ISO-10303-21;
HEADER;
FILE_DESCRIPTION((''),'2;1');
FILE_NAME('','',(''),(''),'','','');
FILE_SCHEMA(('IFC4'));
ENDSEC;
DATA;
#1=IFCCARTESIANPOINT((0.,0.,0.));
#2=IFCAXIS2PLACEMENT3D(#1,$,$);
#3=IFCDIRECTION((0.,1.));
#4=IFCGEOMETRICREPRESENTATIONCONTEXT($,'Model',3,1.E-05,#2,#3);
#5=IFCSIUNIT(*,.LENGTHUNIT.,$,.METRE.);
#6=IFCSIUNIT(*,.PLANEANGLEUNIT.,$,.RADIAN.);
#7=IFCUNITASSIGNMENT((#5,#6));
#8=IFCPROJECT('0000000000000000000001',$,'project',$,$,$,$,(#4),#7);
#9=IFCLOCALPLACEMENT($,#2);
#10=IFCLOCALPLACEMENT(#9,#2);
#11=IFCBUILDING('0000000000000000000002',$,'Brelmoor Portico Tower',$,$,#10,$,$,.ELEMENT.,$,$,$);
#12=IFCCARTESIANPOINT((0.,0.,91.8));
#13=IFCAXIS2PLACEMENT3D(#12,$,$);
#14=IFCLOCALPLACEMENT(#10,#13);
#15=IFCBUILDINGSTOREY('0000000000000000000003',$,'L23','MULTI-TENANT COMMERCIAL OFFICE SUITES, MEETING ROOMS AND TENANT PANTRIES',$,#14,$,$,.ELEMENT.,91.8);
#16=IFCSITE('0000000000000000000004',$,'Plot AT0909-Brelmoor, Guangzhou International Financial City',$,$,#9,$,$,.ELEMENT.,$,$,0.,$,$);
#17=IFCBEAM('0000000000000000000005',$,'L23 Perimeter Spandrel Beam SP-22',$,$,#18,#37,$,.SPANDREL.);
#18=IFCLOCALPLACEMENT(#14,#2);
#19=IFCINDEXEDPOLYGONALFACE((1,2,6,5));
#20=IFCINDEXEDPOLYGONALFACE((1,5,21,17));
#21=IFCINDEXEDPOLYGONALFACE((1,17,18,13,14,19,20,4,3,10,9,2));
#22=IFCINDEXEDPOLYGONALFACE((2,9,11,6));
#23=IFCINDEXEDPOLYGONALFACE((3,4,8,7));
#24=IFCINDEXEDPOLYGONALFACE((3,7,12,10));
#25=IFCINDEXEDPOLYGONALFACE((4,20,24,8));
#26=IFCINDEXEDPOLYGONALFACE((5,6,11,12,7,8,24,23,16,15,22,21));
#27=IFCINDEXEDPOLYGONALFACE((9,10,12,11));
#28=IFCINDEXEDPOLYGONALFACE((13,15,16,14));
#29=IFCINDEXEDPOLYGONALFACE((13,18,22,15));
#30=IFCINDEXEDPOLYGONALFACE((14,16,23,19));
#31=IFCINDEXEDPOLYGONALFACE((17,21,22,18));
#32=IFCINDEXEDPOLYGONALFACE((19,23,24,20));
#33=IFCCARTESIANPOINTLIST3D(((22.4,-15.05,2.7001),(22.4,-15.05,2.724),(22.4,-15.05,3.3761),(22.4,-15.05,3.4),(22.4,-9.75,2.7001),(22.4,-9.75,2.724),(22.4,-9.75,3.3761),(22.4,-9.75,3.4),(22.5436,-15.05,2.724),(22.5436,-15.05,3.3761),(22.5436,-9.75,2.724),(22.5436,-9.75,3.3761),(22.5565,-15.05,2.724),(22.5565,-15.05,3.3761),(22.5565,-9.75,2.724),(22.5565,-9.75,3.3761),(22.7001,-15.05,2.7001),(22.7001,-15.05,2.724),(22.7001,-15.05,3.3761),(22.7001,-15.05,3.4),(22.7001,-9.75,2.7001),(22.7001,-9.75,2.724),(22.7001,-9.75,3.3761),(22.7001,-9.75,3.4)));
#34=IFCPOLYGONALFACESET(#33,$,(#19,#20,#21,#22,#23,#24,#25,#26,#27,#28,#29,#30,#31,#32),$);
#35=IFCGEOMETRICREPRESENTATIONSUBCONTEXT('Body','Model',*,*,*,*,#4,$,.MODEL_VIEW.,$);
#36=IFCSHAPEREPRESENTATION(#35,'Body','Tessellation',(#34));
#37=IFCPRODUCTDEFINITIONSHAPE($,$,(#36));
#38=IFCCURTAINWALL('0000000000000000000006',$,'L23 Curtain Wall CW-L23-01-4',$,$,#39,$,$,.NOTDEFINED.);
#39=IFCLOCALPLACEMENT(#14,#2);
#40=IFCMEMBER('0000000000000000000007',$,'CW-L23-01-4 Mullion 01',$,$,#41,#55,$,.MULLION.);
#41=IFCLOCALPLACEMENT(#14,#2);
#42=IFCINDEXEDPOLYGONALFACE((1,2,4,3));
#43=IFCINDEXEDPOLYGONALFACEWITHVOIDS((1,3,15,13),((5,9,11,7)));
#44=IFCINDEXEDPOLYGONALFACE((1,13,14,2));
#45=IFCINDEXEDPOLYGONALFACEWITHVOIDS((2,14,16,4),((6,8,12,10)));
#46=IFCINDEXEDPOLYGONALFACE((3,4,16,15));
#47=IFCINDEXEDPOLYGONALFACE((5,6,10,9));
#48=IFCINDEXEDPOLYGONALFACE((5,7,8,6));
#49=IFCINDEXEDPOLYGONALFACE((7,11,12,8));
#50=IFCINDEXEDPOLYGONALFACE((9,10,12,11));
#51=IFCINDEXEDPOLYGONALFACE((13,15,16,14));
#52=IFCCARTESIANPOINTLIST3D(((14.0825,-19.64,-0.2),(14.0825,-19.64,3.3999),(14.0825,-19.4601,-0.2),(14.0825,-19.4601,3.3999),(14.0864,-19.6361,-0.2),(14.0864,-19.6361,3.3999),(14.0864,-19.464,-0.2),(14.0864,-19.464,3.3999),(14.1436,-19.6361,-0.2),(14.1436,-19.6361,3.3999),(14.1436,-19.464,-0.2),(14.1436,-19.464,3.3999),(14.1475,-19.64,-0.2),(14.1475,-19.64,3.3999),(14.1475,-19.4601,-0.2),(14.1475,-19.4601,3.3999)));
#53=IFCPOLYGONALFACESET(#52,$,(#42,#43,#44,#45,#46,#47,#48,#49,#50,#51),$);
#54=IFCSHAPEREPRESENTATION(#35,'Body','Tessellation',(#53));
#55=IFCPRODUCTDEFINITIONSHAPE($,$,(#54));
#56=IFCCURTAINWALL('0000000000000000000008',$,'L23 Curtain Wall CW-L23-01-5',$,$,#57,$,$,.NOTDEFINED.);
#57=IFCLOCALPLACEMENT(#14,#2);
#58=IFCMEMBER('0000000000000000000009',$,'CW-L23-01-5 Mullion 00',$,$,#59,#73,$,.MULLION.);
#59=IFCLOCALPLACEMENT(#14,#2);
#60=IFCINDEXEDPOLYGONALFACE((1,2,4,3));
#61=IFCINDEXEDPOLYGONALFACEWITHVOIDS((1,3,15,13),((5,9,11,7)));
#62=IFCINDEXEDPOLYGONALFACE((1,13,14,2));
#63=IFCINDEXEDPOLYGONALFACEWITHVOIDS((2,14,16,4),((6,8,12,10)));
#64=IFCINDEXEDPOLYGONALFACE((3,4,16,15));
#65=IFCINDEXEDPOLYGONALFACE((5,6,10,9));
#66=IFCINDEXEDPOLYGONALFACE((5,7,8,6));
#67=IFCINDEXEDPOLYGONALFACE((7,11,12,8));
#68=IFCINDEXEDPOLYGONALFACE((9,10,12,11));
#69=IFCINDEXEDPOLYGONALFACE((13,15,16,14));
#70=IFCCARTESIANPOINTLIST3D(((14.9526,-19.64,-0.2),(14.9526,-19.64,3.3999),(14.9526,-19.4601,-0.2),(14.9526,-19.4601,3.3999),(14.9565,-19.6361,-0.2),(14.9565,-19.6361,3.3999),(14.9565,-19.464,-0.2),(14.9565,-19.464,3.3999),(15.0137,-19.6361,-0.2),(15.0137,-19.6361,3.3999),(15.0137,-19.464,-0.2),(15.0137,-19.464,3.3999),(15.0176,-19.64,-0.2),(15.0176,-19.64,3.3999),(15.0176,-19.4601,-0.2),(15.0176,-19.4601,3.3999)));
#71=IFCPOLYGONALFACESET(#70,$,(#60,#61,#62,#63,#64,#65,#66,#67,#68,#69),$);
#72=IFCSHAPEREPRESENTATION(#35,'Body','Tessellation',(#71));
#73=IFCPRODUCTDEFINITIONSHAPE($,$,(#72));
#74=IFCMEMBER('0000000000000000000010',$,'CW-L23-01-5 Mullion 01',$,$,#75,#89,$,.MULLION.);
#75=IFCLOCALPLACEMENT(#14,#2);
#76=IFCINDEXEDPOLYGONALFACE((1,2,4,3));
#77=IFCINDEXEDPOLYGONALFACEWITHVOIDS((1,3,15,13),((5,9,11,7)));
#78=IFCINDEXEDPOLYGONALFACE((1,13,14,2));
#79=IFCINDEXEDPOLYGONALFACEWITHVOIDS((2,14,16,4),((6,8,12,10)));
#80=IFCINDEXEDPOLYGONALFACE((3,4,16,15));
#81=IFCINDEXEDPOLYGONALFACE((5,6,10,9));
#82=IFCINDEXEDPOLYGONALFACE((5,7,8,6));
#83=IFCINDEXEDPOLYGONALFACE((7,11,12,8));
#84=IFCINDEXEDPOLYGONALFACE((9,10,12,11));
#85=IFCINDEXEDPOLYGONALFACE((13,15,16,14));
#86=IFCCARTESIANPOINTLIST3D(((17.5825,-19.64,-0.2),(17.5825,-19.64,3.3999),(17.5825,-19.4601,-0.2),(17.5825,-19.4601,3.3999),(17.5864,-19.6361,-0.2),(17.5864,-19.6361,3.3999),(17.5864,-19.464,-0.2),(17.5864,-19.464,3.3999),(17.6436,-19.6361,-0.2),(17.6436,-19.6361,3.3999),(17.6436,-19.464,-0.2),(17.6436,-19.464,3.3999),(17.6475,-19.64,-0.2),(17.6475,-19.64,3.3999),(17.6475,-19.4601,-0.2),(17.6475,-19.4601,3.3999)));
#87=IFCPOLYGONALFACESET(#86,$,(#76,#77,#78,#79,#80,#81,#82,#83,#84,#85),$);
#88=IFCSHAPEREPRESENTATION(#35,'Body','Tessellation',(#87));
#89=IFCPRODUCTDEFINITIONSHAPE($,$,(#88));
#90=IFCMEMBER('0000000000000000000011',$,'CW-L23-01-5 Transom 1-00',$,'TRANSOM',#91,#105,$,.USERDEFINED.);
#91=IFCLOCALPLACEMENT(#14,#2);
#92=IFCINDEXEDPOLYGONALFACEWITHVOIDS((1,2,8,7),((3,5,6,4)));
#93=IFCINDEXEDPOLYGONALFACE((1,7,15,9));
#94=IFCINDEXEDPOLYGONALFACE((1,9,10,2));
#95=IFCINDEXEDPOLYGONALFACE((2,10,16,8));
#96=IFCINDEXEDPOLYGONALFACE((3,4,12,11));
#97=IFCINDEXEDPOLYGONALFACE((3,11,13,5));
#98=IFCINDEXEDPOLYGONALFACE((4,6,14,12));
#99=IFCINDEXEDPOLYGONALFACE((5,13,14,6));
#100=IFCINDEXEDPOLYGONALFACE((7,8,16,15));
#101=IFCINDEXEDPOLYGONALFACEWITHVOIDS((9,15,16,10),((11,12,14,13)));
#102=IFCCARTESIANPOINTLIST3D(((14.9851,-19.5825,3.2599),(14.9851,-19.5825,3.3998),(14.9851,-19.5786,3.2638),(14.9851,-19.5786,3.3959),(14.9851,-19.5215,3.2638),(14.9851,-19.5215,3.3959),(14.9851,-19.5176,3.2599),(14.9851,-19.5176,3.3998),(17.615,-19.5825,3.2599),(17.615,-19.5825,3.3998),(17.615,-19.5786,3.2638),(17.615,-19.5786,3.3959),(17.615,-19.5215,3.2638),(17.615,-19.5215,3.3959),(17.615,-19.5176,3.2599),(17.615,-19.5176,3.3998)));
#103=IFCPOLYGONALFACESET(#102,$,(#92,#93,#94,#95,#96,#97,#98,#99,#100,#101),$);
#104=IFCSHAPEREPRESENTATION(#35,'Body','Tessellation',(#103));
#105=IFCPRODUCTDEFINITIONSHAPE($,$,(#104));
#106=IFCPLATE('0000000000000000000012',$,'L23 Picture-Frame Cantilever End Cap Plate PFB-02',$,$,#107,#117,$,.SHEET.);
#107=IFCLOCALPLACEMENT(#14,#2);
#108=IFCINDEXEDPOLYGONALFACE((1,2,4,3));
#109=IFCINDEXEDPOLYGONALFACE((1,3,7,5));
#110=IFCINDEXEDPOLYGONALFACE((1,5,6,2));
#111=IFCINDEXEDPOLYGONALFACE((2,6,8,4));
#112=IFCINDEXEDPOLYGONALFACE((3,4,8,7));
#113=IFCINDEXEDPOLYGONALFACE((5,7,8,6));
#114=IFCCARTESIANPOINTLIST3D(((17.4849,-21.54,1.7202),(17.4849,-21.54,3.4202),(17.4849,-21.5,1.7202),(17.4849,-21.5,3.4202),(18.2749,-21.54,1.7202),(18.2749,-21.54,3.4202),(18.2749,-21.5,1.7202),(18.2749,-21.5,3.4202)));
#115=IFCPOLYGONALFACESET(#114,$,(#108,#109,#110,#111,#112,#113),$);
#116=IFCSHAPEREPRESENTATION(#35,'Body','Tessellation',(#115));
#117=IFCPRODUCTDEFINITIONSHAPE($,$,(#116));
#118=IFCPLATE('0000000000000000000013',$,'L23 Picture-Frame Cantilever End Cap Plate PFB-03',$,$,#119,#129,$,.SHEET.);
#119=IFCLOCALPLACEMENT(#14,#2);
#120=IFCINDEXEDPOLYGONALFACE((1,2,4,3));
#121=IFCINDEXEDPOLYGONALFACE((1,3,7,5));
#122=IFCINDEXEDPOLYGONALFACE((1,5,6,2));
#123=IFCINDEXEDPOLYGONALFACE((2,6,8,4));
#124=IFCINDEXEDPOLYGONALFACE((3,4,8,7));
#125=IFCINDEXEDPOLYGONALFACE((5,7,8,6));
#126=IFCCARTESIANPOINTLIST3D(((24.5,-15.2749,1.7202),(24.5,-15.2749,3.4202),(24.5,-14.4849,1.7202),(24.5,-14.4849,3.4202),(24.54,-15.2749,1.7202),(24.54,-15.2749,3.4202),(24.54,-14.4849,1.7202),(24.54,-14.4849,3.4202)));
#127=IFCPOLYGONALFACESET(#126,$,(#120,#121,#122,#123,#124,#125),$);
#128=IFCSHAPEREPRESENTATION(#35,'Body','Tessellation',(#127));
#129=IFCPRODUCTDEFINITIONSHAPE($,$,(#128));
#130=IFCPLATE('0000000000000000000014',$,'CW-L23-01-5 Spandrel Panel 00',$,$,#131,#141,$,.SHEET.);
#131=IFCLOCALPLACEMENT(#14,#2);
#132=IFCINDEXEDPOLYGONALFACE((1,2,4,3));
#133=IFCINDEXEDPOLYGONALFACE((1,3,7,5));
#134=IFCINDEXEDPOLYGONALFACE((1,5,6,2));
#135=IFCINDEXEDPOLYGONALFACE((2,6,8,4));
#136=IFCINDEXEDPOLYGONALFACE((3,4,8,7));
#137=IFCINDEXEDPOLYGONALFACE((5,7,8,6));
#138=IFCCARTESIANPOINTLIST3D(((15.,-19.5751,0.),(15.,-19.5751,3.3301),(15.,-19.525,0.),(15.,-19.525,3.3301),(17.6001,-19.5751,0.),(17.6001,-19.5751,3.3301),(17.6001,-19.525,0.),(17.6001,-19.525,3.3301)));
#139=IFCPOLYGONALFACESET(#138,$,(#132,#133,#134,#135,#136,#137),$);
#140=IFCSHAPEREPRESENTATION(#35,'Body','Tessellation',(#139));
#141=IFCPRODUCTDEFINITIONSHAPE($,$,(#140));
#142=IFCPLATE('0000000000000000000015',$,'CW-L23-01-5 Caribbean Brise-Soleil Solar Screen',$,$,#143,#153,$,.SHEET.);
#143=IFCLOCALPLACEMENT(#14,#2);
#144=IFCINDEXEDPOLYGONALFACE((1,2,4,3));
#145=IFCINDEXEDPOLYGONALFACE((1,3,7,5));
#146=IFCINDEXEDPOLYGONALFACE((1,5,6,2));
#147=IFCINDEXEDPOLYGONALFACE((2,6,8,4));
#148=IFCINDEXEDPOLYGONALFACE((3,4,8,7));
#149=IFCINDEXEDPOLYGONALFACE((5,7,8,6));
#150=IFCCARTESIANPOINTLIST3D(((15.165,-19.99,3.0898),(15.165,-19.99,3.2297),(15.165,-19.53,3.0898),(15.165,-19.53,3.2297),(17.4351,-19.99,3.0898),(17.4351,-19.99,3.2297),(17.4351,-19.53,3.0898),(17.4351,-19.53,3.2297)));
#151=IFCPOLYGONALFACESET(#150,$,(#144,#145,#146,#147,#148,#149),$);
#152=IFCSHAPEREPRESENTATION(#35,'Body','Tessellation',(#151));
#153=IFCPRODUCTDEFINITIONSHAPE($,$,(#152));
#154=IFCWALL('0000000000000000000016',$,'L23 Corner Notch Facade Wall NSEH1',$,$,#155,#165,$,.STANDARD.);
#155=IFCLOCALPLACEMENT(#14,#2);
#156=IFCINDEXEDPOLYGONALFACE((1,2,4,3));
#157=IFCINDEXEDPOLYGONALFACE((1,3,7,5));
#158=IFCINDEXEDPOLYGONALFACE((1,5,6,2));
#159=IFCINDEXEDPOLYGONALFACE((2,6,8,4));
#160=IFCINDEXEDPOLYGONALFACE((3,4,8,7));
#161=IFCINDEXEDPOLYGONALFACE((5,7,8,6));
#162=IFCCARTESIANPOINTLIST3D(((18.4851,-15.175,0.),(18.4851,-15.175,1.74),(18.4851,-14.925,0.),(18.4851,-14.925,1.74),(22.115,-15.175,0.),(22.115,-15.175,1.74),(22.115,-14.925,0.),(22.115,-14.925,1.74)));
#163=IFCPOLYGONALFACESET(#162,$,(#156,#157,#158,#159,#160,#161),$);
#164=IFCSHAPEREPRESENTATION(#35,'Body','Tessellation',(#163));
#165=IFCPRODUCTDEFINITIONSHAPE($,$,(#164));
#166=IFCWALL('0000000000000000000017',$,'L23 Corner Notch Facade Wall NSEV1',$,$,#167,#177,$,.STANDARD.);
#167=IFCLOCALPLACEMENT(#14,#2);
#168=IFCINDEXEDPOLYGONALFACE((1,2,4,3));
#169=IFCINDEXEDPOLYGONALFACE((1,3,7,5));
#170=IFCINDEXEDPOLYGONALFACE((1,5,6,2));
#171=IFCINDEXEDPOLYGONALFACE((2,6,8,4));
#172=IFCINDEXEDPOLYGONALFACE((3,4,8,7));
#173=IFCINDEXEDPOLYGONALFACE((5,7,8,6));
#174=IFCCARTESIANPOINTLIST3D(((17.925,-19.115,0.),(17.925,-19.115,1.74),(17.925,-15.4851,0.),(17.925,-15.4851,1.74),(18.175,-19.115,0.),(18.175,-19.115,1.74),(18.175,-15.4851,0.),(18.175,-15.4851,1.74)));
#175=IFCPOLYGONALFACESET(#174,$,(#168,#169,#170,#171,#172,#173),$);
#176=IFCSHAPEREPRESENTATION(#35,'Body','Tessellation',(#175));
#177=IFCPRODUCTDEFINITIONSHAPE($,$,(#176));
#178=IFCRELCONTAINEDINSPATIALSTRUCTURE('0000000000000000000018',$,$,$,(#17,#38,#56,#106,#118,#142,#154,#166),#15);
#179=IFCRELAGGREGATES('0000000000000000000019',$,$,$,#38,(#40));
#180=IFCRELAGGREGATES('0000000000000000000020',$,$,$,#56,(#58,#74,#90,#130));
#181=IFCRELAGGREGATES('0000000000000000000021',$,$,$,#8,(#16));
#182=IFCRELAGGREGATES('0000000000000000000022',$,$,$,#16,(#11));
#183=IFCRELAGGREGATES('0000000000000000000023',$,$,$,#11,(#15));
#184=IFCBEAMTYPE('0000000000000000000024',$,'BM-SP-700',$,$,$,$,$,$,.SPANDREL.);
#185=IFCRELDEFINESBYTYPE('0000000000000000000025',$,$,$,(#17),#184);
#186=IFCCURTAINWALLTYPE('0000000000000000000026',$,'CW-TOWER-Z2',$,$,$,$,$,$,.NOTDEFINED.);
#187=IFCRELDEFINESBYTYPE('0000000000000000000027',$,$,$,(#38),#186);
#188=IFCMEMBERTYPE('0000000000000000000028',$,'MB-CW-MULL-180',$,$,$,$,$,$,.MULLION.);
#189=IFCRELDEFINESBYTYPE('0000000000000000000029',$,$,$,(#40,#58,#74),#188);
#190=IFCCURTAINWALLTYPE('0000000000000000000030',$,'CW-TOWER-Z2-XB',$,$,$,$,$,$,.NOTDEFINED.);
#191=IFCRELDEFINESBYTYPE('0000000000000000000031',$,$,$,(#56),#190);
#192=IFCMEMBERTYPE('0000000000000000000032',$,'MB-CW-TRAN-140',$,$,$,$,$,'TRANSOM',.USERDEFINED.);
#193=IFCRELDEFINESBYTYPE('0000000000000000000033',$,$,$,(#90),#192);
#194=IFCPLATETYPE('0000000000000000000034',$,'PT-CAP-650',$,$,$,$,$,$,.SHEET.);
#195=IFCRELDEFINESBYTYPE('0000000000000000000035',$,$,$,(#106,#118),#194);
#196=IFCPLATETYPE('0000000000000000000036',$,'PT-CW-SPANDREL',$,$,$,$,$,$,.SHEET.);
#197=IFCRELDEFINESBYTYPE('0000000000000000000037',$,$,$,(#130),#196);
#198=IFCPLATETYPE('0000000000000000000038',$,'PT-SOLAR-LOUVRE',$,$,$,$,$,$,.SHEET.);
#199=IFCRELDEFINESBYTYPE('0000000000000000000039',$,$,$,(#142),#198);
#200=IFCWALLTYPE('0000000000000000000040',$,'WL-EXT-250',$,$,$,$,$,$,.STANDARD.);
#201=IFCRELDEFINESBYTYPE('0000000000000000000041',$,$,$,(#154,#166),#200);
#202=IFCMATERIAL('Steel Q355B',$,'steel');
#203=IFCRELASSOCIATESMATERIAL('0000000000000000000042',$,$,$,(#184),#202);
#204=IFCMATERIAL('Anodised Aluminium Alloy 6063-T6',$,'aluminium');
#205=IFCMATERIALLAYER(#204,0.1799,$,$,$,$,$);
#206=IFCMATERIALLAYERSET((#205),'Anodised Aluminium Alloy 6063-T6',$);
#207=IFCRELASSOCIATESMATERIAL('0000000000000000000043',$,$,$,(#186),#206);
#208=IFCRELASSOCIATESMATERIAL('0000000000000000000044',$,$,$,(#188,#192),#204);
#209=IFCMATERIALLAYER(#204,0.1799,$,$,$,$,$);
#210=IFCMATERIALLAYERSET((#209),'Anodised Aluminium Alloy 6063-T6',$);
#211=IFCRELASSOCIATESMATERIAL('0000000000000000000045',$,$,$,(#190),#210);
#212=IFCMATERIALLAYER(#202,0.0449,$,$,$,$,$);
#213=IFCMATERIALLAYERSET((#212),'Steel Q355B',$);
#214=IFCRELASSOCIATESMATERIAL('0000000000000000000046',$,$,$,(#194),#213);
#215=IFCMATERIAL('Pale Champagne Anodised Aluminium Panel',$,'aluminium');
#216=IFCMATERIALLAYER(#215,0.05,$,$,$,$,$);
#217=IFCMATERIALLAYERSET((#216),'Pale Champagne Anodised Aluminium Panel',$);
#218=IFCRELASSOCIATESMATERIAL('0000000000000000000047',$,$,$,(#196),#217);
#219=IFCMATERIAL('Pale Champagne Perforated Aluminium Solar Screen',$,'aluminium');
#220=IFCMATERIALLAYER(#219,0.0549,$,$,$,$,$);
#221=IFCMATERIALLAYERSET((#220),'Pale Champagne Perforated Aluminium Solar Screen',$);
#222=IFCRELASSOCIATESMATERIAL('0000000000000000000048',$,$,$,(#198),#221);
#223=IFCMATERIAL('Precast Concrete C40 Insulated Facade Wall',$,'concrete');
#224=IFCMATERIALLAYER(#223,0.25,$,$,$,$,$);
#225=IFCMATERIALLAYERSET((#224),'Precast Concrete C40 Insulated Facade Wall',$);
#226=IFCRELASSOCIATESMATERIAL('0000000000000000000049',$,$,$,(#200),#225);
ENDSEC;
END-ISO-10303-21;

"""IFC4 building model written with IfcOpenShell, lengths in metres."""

from ifc_helpers import new_model, si_unit, direction, frame, frame_2d, origin, origin_2d, place, context, subcontext, project, spatial, rectangle, hollow_rectangle, i_section, extrude, material, layer, layer_set, material_profile, profile_set, type_object, element, aggregate, save


model = new_model("IFC4")

# Units and contexts
model_context = context("Model", 3, precision=1e-05, world=origin(), true_north=direction((0.0, 1.0)))
body_context = subcontext(model_context, "Body", "Model", "MODEL_VIEW")
ifc_project = project(units=[si_unit("LENGTHUNIT", "METRE"), si_unit("PLANEANGLEUNIT", "RADIAN")], contexts=[model_context])

# Site, building, storey
site_placement = place(None, origin())
site = spatial("IfcSite", under=ifc_project, at=site_placement, Name="Plot AT0909-Brelmoor, Guangzhou International Financial City", CompositionType="ELEMENT", RefElevation=0.0)
building_placement = place(site_placement, origin())
building = spatial("IfcBuilding", under=site, at=building_placement, Name="Brelmoor Portico Tower", CompositionType="ELEMENT")
storey_placement = place(building_placement, frame((0.0, 0.0, 91.8)))
storey = spatial("IfcBuildingStorey", under=building, at=storey_placement, Name="L23", Description="MULTI-TENANT COMMERCIAL OFFICE SUITES, MEETING ROOMS AND TENANT PANTRIES", CompositionType="ELEMENT", Elevation=91.8)

# Shared definitions
ifc_material_1 = material(Name="Steel Q355B", Category="steel")

# Beam
ifc_material_profile_1 = material_profile(ifc_material_1, i_section(OverallWidth=0.3, OverallDepth=0.7, WebThickness=0.0129, FlangeThickness=0.0239, at=origin_2d()), Name="HN 700x300x13x24")
ifc_profile_set_1 = profile_set([ifc_material_profile_1], Name="Steel Q355B")
beam_type_1 = type_object("IfcBeamType", Name="BM-SP-700", PredefinedType="SPANDREL", material=ifc_profile_set_1)
beam_1_placement = place(storey_placement, frame((22.55, -15.05, 3.05), z_axis=(0.0, 1.0, 0.0), x_axis=(-1.0, 0.0, 0.0)))
element("IfcBeam", 1, at=beam_1_placement, inside=storey, type_object=beam_type_1, Name="L23 Perimeter Spandrel Beam SP-22", PredefinedType="SPANDREL", context=body_context, shape_type="SweptSolid", body=[
    extrude(i_section(OverallWidth=0.3, OverallDepth=0.7, WebThickness=0.0129, FlangeThickness=0.0239, at=origin_2d()), origin(), (0.0, 0.0, 1.0), 5.3),
])

# Curtain wall, member
ifc_material_2 = material(Name="Anodised Aluminium Alloy 6063-T6", Category="aluminium")
ifc_layer_1 = layer(ifc_material_2, 0.1799)
ifc_layer_set_1 = layer_set([ifc_layer_1], Name="Anodised Aluminium Alloy 6063-T6")
curtain_wall_type_1 = type_object("IfcCurtainWallType", Name="CW-TOWER-Z2", PredefinedType="NOTDEFINED", material=ifc_layer_set_1)
curtain_wall_1_placement = place(storey_placement, origin())
curtain_wall_1 = element("IfcCurtainWall", 2, at=curtain_wall_1_placement, inside=storey, type_object=curtain_wall_type_1, Name="L23 Curtain Wall CW-L23-01-4", PredefinedType="NOTDEFINED")
ifc_material_profile_2 = material_profile(ifc_material_2, hollow_rectangle(XDim=0.0649, YDim=0.1799, WallThickness=0.0039, at=origin_2d()), Name="ALU MULLION 65x180")
ifc_profile_set_2 = profile_set([ifc_material_profile_2], Name="Anodised Aluminium Alloy 6063-T6")
member_type_1 = type_object("IfcMemberType", Name="MB-CW-MULL-180", PredefinedType="MULLION", material=ifc_profile_set_2)
member_1_placement = place(storey_placement, frame((14.115, -19.55, -0.2), z_axis=(0.0, 0.0, 1.0), x_axis=(1.0, 0.0, 0.0)))
member_1 = element("IfcMember", 3, at=member_1_placement, type_object=member_type_1, Name="CW-L23-01-4 Mullion 01", PredefinedType="MULLION", context=body_context, shape_type="SweptSolid", body=[
    extrude(hollow_rectangle(XDim=0.0649, YDim=0.1799, WallThickness=0.0039, at=origin_2d()), origin(), (0.0, 0.0, 1.0), 3.5999),
])
aggregate(curtain_wall_1, [member_1])

# Curtain wall, members
ifc_layer_2 = layer(ifc_material_2, 0.1799)
ifc_layer_set_2 = layer_set([ifc_layer_2], Name="Anodised Aluminium Alloy 6063-T6")
curtain_wall_type_2 = type_object("IfcCurtainWallType", Name="CW-TOWER-Z2-XB", PredefinedType="NOTDEFINED", material=ifc_layer_set_2)
curtain_wall_2_placement = place(storey_placement, origin())
curtain_wall_2 = element("IfcCurtainWall", 4, at=curtain_wall_2_placement, inside=storey, type_object=curtain_wall_type_2, Name="L23 Curtain Wall CW-L23-01-5", PredefinedType="NOTDEFINED")
member_2_placement = place(storey_placement, frame((14.9851, -19.55, -0.2), z_axis=(0.0, 0.0, 1.0), x_axis=(1.0, 0.0, 0.0)))
member_2 = element("IfcMember", 5, at=member_2_placement, type_object=member_type_1, Name="CW-L23-01-5 Mullion 00", PredefinedType="MULLION", context=body_context, shape_type="SweptSolid", body=[
    extrude(hollow_rectangle(XDim=0.0649, YDim=0.1799, WallThickness=0.0039, at=origin_2d()), origin(), (0.0, 0.0, 1.0), 3.5999),
])
member_3_placement = place(storey_placement, frame((17.615, -19.55, -0.2), z_axis=(0.0, 0.0, 1.0), x_axis=(1.0, 0.0, 0.0)))
member_3 = element("IfcMember", 6, at=member_3_placement, type_object=member_type_1, Name="CW-L23-01-5 Mullion 01", PredefinedType="MULLION", context=body_context, shape_type="SweptSolid", body=[
    extrude(hollow_rectangle(XDim=0.0649, YDim=0.1799, WallThickness=0.0039, at=origin_2d()), origin(), (0.0, 0.0, 1.0), 3.5999),
])
ifc_material_profile_3 = material_profile(ifc_material_2, hollow_rectangle(XDim=0.0649, YDim=0.1399, WallThickness=0.0039, at=origin_2d()), Name="ALU TRANSOM 65x140")
ifc_profile_set_3 = profile_set([ifc_material_profile_3], Name="Anodised Aluminium Alloy 6063-T6")
member_type_2 = type_object("IfcMemberType", Name="MB-CW-TRAN-140", ElementType="TRANSOM", PredefinedType="USERDEFINED", material=ifc_profile_set_3)
member_4_placement = place(storey_placement, frame((14.9851, -19.55, 3.3298), z_axis=(1.0, 0.0, 0.0), x_axis=(0.0, 1.0, 0.0)))
member_4 = element("IfcMember", 7, at=member_4_placement, type_object=member_type_2, Name="CW-L23-01-5 Transom 1-00", ObjectType="TRANSOM", PredefinedType="USERDEFINED", context=body_context, shape_type="SweptSolid", body=[
    extrude(hollow_rectangle(XDim=0.0649, YDim=0.1399, WallThickness=0.0039, at=origin_2d()), origin(), (0.0, 0.0, 1.0), 2.6299),
])

# Plates
ifc_layer_3 = layer(ifc_material_1, 0.0449)
ifc_layer_set_3 = layer_set([ifc_layer_3], Name="Steel Q355B")
plate_type_1 = type_object("IfcPlateType", Name="PT-CAP-650", PredefinedType="SHEET", material=ifc_layer_set_3)
plate_1_placement = place(storey_placement, frame((17.8799, -21.52, 1.7202), z_axis=(0.0, 0.0, 1.0), x_axis=(1.0, 0.0, 0.0)))
element("IfcPlate", 8, at=plate_1_placement, inside=storey, type_object=plate_type_1, Name="L23 Picture-Frame Cantilever End Cap Plate PFB-02", PredefinedType="SHEET", context=body_context, shape_type="SweptSolid", body=[
    extrude(rectangle(XDim=0.79, YDim=0.04, at=origin_2d()), origin(), (0.0, 0.0, 1.0), 1.7),
])
plate_2_placement = place(storey_placement, frame((24.52, -14.8799, 1.7202), z_axis=(0.0, 0.0, 1.0), x_axis=(1.0, 0.0, 0.0)))
element("IfcPlate", 9, at=plate_2_placement, inside=storey, type_object=plate_type_1, Name="L23 Picture-Frame Cantilever End Cap Plate PFB-03", PredefinedType="SHEET", context=body_context, shape_type="SweptSolid", body=[
    extrude(rectangle(XDim=0.04, YDim=0.79, at=origin_2d()), origin(), (0.0, 0.0, 1.0), 1.7),
])

# Plates
ifc_material_3 = material(Name="Pale Champagne Anodised Aluminium Panel", Category="aluminium")
ifc_layer_4 = layer(ifc_material_3, 0.05)
ifc_layer_set_4 = layer_set([ifc_layer_4], Name="Pale Champagne Anodised Aluminium Panel")
plate_type_2 = type_object("IfcPlateType", Name="PT-CW-SPANDREL", PredefinedType="SHEET", material=ifc_layer_set_4)
plate_3_placement = place(storey_placement, frame((16.3, -19.55, 0.0), z_axis=(0.0, 0.0, 1.0), x_axis=(1.0, 0.0, 0.0)))
plate_3 = element("IfcPlate", 10, at=plate_3_placement, type_object=plate_type_2, Name="CW-L23-01-5 Spandrel Panel 00", PredefinedType="SHEET", context=body_context, shape_type="SweptSolid", body=[
    extrude(rectangle(XDim=2.6001, YDim=0.05, at=origin_2d()), origin(), (0.0, 0.0, 1.0), 3.3301),
])
aggregate(curtain_wall_2, [member_2, member_3, member_4, plate_3])
ifc_material_4 = material(Name="Pale Champagne Perforated Aluminium Solar Screen", Category="aluminium")
ifc_layer_5 = layer(ifc_material_4, 0.0549)
ifc_layer_set_5 = layer_set([ifc_layer_5], Name="Pale Champagne Perforated Aluminium Solar Screen")
plate_type_3 = type_object("IfcPlateType", Name="PT-SOLAR-LOUVRE", PredefinedType="SHEET", material=ifc_layer_set_5)
plate_4_placement = place(storey_placement, frame((16.3, -19.76, 3.0898), z_axis=(0.0, 0.0, 1.0), x_axis=(1.0, 0.0, 0.0)))
element("IfcPlate", 11, at=plate_4_placement, inside=storey, type_object=plate_type_3, Name="CW-L23-01-5 Caribbean Brise-Soleil Solar Screen", PredefinedType="SHEET", context=body_context, shape_type="SweptSolid", body=[
    extrude(rectangle(XDim=2.27, YDim=0.46, at=origin_2d()), origin(), (0.0, 0.0, 1.0), 0.1399),
])

# Walls
ifc_material_5 = material(Name="Precast Concrete C40 Insulated Facade Wall", Category="concrete")
ifc_layer_6 = layer(ifc_material_5, 0.25)
ifc_layer_set_6 = layer_set([ifc_layer_6], Name="Precast Concrete C40 Insulated Facade Wall")
wall_type = type_object("IfcWallType", Name="WL-EXT-250", PredefinedType="STANDARD", material=ifc_layer_set_6)
for number, where, z_axis, x_axis, name in (
    (12, (18.4851, -15.05, 0.0), (0.0, 0.0, 1.0), (1.0, 0.0, 0.0), "L23 Corner Notch Facade Wall NSEH1"),
    (13, (18.05, -19.115, 0.0), (0.0, 0.0, 1.0), (0.0, 1.0, 0.0), "L23 Corner Notch Facade Wall NSEV1"),
):
    element("IfcWall", number, at=place(storey_placement, frame(where, z_axis=z_axis, x_axis=x_axis)), inside=storey, type_object=wall_type, Name=name, PredefinedType="STANDARD", context=body_context, shape_type="SweptSolid", body=[
        extrude(rectangle(XDim=3.6299, YDim=0.25, at=frame_2d((1.8149, 0.0))), origin(), (0.0, 0.0, 1.0), 1.74),
    ])

save(model, "model.ifc")
